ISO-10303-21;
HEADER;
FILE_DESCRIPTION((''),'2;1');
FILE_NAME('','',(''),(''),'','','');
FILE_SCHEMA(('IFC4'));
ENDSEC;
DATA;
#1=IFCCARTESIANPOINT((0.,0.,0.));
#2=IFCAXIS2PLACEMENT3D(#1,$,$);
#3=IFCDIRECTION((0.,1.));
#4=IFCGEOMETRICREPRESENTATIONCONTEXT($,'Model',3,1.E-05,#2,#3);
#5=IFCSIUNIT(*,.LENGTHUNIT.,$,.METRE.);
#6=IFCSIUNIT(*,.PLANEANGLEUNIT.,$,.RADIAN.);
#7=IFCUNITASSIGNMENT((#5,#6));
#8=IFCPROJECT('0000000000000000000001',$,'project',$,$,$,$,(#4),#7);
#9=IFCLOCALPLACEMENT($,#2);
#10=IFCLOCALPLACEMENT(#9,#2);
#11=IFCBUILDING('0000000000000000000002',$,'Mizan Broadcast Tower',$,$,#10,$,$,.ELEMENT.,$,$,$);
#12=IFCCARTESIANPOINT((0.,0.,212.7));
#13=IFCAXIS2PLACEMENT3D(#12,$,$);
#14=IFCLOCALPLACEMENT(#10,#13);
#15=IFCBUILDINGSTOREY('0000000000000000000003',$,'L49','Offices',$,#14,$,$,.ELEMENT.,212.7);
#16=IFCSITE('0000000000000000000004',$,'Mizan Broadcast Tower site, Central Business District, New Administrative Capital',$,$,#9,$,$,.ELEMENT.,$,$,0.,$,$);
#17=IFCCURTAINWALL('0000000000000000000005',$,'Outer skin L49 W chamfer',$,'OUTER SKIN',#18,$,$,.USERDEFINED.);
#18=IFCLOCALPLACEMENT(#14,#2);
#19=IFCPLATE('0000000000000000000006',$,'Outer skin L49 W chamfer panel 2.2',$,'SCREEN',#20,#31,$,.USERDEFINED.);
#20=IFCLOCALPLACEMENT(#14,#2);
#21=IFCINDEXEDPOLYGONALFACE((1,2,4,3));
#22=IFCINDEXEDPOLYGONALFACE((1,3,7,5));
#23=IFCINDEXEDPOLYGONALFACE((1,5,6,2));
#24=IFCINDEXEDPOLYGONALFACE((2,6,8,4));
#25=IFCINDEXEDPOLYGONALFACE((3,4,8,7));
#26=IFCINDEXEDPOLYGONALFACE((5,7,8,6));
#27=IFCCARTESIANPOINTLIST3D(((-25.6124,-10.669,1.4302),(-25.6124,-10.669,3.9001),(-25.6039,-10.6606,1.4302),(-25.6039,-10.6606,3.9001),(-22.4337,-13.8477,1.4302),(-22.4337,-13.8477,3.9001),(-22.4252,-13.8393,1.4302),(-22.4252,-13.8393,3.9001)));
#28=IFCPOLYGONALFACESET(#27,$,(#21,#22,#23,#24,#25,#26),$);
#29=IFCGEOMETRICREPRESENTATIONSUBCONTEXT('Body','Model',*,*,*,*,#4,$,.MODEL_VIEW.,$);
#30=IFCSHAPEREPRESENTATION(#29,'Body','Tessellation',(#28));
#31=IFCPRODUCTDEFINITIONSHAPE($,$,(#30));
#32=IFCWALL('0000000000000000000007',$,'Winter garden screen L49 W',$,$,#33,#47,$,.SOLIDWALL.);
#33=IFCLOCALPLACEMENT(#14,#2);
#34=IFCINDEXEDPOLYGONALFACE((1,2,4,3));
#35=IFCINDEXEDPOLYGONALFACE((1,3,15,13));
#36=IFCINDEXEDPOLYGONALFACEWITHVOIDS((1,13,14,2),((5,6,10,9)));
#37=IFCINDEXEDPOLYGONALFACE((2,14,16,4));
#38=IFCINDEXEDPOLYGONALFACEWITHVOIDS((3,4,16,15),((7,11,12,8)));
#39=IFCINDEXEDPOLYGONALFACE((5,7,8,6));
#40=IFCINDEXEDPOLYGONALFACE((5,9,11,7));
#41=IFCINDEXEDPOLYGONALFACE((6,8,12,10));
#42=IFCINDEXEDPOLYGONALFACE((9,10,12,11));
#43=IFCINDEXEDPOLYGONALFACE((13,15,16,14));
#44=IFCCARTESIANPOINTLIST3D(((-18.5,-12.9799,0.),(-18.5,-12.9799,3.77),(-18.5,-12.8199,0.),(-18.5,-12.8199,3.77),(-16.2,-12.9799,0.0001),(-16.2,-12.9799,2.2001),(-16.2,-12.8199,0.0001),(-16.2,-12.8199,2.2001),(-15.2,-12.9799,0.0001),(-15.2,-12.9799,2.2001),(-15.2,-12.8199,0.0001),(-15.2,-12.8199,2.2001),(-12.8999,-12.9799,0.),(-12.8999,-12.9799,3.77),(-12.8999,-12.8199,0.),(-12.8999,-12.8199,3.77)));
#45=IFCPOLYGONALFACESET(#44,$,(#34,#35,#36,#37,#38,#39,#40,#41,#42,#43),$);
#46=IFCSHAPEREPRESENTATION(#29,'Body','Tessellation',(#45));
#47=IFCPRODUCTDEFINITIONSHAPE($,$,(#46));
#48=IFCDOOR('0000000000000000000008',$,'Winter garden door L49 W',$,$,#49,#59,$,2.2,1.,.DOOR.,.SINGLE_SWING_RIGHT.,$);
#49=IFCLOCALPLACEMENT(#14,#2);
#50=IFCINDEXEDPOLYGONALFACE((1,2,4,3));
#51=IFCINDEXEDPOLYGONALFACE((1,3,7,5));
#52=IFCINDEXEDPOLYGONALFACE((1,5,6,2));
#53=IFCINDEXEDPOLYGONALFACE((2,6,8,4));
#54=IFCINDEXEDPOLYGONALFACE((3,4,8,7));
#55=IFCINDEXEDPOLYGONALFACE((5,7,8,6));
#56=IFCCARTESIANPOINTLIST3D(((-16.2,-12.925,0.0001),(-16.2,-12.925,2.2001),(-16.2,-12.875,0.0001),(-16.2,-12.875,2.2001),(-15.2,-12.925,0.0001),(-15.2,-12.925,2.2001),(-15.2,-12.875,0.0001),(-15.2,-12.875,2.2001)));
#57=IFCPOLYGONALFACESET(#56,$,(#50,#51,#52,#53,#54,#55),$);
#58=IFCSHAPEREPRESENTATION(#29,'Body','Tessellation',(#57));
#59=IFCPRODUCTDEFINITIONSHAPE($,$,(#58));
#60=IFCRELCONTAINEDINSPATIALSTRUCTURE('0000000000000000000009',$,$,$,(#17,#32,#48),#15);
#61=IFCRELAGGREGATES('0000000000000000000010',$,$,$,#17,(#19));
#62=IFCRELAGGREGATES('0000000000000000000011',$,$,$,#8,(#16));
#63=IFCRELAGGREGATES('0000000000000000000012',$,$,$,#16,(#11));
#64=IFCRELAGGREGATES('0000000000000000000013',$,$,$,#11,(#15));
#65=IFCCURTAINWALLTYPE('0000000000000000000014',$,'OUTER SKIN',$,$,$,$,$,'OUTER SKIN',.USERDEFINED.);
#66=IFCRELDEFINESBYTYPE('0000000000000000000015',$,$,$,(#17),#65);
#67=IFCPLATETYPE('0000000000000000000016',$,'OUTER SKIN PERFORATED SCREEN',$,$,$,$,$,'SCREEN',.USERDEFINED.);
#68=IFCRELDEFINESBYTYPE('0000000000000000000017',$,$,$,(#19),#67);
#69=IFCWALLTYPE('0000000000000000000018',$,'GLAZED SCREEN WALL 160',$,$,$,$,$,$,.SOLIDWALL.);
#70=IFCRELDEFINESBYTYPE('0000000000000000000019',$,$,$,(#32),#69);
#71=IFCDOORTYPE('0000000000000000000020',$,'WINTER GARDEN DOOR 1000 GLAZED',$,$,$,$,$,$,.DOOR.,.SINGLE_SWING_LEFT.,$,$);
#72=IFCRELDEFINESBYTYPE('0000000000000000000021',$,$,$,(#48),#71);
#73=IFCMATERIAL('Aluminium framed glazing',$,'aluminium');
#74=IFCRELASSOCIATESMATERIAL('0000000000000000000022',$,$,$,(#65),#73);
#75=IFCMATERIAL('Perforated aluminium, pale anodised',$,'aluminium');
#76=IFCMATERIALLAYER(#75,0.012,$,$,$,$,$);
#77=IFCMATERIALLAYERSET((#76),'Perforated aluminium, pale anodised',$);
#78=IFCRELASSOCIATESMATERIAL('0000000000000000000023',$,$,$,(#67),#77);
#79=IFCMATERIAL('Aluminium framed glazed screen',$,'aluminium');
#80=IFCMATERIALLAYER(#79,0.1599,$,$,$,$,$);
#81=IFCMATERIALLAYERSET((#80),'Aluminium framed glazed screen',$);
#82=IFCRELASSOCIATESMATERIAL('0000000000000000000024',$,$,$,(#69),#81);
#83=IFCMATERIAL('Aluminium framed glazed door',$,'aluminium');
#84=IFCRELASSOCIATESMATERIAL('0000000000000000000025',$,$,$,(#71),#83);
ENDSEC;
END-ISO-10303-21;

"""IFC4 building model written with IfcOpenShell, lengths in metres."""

from ifc_helpers import new_model, si_unit, direction, frame, frame_2d, origin, origin_2d, place, context, subcontext, project, spatial, rectangle, extrude, material, layer, layer_set, type_object, element, fill, aggregate, save


model = new_model("IFC4")

# Units and contexts
model_context = context("Model", 3, precision=1e-05, world=origin(), true_north=direction((0.0, 1.0)))
body_context = subcontext(model_context, "Body", "Model", "MODEL_VIEW")
ifc_project = project(units=[si_unit("LENGTHUNIT", "METRE"), si_unit("PLANEANGLEUNIT", "RADIAN")], contexts=[model_context])

# Site, building, storey
site_placement = place(None, origin())
site = spatial("IfcSite", under=ifc_project, at=site_placement, Name="Mizan Broadcast Tower site, Central Business District, New Administrative Capital", CompositionType="ELEMENT", RefElevation=0.0)
building_placement = place(site_placement, origin())
building = spatial("IfcBuilding", under=site, at=building_placement, Name="Mizan Broadcast Tower", CompositionType="ELEMENT")
storey_placement = place(building_placement, frame((0.0, 0.0, 212.7)))
storey = spatial("IfcBuildingStorey", under=building, at=storey_placement, Name="L49", Description="Offices", CompositionType="ELEMENT", Elevation=212.7)

# Curtain wall
ifc_material_1 = material(Name="Aluminium framed glazing", Category="aluminium")
curtain_wall_type_1 = type_object("IfcCurtainWallType", Name="OUTER SKIN", ElementType="OUTER SKIN", PredefinedType="USERDEFINED", material=ifc_material_1)
curtain_wall_1_placement = place(storey_placement, origin())
curtain_wall_1 = element("IfcCurtainWall", 1, at=curtain_wall_1_placement, inside=storey, type_object=curtain_wall_type_1, Name="Outer skin L49 W chamfer", ObjectType="OUTER SKIN", PredefinedType="USERDEFINED")

# Plate
ifc_material_2 = material(Name="Perforated aluminium, pale anodised", Category="aluminium")
ifc_layer_1 = layer(ifc_material_2, 0.012)
ifc_layer_set_1 = layer_set([ifc_layer_1], Name="Perforated aluminium, pale anodised")
plate_type_1 = type_object("IfcPlateType", Name="OUTER SKIN PERFORATED SCREEN", ElementType="SCREEN", PredefinedType="USERDEFINED", material=ifc_layer_set_1)
plate_1_placement = place(storey_placement, frame((-24.0188, -12.2542, 1.4302), z_axis=(0.0, 0.0, 1.0), x_axis=(0.707107, -0.707107, 0.0)))
plate_1 = element("IfcPlate", 2, at=plate_1_placement, type_object=plate_type_1, Name="Outer skin L49 W chamfer panel 2.2", ObjectType="SCREEN", PredefinedType="USERDEFINED", context=body_context, shape_type="SweptSolid", body=[
    extrude(rectangle(XDim=4.4954, YDim=0.012, at=origin_2d()), origin(), (0.0, 0.0, 1.0), 2.47),
])
aggregate(curtain_wall_1, [plate_1])

# Wall, opening, door
ifc_material_3 = material(Name="Aluminium framed glazed screen", Category="aluminium")
ifc_layer_2 = layer(ifc_material_3, 0.1599)
ifc_layer_set_2 = layer_set([ifc_layer_2], Name="Aluminium framed glazed screen")
wall_type = type_object("IfcWallType", Name="GLAZED SCREEN WALL 160", PredefinedType="SOLIDWALL", material=ifc_layer_set_2)
wall_placement = place(storey_placement, frame((-18.5, -12.8999, 0.0), z_axis=(0.0, 0.0, 1.0), x_axis=(1.0, 0.0, 0.0)))
wall = element("IfcWall", 3, at=wall_placement, inside=storey, type_object=wall_type, Name="Winter garden screen L49 W", PredefinedType="SOLIDWALL", context=body_context, shape_type="SweptSolid", body=[
    extrude(rectangle(XDim=5.6001, YDim=0.1599, at=frame_2d((2.8, 0.0))), origin(), (0.0, 0.0, 1.0), 3.77),
])
opening_placement = place(wall_placement, frame((2.3, 0.0, 0.0)))
opening = element("IfcOpeningElement", 4, at=opening_placement, cuts=wall, PredefinedType="OPENING", context=body_context, shape_type="SweptSolid", body=[
    extrude(rectangle(XDim=1.0, YDim=2.2, at=frame_2d((0.5, 1.1001))), frame((0.0, 0.0898, 0.0), z_axis=(0.0, -1.0, 0.0), x_axis=(1.0, 0.0, 0.0)), (0.0, 0.0, 1.0), 0.1799),
])
ifc_material_4 = material(Name="Aluminium framed glazed door", Category="aluminium")
door_type = type_object("IfcDoorType", Name="WINTER GARDEN DOOR 1000 GLAZED", OperationType="SINGLE_SWING_LEFT", PredefinedType="DOOR", material=ifc_material_4)
door_placement = place(opening_placement, origin())
door = element("IfcDoor", 5, at=door_placement, inside=storey, type_object=door_type, Name="Winter garden door L49 W", OperationType="SINGLE_SWING_RIGHT", OverallHeight=2.2, OverallWidth=1.0, PredefinedType="DOOR", context=body_context, shape_type="SweptSolid", body=[
    extrude(rectangle(XDim=1.0, YDim=2.2, at=frame_2d((0.5, 1.1001))), frame((0.0, 0.0249, 0.0), z_axis=(0.0, -1.0, 0.0), x_axis=(1.0, 0.0, 0.0)), (0.0, 0.0, 1.0), 0.05),
])
fill(opening, door)

save(model, "model.ifc")
